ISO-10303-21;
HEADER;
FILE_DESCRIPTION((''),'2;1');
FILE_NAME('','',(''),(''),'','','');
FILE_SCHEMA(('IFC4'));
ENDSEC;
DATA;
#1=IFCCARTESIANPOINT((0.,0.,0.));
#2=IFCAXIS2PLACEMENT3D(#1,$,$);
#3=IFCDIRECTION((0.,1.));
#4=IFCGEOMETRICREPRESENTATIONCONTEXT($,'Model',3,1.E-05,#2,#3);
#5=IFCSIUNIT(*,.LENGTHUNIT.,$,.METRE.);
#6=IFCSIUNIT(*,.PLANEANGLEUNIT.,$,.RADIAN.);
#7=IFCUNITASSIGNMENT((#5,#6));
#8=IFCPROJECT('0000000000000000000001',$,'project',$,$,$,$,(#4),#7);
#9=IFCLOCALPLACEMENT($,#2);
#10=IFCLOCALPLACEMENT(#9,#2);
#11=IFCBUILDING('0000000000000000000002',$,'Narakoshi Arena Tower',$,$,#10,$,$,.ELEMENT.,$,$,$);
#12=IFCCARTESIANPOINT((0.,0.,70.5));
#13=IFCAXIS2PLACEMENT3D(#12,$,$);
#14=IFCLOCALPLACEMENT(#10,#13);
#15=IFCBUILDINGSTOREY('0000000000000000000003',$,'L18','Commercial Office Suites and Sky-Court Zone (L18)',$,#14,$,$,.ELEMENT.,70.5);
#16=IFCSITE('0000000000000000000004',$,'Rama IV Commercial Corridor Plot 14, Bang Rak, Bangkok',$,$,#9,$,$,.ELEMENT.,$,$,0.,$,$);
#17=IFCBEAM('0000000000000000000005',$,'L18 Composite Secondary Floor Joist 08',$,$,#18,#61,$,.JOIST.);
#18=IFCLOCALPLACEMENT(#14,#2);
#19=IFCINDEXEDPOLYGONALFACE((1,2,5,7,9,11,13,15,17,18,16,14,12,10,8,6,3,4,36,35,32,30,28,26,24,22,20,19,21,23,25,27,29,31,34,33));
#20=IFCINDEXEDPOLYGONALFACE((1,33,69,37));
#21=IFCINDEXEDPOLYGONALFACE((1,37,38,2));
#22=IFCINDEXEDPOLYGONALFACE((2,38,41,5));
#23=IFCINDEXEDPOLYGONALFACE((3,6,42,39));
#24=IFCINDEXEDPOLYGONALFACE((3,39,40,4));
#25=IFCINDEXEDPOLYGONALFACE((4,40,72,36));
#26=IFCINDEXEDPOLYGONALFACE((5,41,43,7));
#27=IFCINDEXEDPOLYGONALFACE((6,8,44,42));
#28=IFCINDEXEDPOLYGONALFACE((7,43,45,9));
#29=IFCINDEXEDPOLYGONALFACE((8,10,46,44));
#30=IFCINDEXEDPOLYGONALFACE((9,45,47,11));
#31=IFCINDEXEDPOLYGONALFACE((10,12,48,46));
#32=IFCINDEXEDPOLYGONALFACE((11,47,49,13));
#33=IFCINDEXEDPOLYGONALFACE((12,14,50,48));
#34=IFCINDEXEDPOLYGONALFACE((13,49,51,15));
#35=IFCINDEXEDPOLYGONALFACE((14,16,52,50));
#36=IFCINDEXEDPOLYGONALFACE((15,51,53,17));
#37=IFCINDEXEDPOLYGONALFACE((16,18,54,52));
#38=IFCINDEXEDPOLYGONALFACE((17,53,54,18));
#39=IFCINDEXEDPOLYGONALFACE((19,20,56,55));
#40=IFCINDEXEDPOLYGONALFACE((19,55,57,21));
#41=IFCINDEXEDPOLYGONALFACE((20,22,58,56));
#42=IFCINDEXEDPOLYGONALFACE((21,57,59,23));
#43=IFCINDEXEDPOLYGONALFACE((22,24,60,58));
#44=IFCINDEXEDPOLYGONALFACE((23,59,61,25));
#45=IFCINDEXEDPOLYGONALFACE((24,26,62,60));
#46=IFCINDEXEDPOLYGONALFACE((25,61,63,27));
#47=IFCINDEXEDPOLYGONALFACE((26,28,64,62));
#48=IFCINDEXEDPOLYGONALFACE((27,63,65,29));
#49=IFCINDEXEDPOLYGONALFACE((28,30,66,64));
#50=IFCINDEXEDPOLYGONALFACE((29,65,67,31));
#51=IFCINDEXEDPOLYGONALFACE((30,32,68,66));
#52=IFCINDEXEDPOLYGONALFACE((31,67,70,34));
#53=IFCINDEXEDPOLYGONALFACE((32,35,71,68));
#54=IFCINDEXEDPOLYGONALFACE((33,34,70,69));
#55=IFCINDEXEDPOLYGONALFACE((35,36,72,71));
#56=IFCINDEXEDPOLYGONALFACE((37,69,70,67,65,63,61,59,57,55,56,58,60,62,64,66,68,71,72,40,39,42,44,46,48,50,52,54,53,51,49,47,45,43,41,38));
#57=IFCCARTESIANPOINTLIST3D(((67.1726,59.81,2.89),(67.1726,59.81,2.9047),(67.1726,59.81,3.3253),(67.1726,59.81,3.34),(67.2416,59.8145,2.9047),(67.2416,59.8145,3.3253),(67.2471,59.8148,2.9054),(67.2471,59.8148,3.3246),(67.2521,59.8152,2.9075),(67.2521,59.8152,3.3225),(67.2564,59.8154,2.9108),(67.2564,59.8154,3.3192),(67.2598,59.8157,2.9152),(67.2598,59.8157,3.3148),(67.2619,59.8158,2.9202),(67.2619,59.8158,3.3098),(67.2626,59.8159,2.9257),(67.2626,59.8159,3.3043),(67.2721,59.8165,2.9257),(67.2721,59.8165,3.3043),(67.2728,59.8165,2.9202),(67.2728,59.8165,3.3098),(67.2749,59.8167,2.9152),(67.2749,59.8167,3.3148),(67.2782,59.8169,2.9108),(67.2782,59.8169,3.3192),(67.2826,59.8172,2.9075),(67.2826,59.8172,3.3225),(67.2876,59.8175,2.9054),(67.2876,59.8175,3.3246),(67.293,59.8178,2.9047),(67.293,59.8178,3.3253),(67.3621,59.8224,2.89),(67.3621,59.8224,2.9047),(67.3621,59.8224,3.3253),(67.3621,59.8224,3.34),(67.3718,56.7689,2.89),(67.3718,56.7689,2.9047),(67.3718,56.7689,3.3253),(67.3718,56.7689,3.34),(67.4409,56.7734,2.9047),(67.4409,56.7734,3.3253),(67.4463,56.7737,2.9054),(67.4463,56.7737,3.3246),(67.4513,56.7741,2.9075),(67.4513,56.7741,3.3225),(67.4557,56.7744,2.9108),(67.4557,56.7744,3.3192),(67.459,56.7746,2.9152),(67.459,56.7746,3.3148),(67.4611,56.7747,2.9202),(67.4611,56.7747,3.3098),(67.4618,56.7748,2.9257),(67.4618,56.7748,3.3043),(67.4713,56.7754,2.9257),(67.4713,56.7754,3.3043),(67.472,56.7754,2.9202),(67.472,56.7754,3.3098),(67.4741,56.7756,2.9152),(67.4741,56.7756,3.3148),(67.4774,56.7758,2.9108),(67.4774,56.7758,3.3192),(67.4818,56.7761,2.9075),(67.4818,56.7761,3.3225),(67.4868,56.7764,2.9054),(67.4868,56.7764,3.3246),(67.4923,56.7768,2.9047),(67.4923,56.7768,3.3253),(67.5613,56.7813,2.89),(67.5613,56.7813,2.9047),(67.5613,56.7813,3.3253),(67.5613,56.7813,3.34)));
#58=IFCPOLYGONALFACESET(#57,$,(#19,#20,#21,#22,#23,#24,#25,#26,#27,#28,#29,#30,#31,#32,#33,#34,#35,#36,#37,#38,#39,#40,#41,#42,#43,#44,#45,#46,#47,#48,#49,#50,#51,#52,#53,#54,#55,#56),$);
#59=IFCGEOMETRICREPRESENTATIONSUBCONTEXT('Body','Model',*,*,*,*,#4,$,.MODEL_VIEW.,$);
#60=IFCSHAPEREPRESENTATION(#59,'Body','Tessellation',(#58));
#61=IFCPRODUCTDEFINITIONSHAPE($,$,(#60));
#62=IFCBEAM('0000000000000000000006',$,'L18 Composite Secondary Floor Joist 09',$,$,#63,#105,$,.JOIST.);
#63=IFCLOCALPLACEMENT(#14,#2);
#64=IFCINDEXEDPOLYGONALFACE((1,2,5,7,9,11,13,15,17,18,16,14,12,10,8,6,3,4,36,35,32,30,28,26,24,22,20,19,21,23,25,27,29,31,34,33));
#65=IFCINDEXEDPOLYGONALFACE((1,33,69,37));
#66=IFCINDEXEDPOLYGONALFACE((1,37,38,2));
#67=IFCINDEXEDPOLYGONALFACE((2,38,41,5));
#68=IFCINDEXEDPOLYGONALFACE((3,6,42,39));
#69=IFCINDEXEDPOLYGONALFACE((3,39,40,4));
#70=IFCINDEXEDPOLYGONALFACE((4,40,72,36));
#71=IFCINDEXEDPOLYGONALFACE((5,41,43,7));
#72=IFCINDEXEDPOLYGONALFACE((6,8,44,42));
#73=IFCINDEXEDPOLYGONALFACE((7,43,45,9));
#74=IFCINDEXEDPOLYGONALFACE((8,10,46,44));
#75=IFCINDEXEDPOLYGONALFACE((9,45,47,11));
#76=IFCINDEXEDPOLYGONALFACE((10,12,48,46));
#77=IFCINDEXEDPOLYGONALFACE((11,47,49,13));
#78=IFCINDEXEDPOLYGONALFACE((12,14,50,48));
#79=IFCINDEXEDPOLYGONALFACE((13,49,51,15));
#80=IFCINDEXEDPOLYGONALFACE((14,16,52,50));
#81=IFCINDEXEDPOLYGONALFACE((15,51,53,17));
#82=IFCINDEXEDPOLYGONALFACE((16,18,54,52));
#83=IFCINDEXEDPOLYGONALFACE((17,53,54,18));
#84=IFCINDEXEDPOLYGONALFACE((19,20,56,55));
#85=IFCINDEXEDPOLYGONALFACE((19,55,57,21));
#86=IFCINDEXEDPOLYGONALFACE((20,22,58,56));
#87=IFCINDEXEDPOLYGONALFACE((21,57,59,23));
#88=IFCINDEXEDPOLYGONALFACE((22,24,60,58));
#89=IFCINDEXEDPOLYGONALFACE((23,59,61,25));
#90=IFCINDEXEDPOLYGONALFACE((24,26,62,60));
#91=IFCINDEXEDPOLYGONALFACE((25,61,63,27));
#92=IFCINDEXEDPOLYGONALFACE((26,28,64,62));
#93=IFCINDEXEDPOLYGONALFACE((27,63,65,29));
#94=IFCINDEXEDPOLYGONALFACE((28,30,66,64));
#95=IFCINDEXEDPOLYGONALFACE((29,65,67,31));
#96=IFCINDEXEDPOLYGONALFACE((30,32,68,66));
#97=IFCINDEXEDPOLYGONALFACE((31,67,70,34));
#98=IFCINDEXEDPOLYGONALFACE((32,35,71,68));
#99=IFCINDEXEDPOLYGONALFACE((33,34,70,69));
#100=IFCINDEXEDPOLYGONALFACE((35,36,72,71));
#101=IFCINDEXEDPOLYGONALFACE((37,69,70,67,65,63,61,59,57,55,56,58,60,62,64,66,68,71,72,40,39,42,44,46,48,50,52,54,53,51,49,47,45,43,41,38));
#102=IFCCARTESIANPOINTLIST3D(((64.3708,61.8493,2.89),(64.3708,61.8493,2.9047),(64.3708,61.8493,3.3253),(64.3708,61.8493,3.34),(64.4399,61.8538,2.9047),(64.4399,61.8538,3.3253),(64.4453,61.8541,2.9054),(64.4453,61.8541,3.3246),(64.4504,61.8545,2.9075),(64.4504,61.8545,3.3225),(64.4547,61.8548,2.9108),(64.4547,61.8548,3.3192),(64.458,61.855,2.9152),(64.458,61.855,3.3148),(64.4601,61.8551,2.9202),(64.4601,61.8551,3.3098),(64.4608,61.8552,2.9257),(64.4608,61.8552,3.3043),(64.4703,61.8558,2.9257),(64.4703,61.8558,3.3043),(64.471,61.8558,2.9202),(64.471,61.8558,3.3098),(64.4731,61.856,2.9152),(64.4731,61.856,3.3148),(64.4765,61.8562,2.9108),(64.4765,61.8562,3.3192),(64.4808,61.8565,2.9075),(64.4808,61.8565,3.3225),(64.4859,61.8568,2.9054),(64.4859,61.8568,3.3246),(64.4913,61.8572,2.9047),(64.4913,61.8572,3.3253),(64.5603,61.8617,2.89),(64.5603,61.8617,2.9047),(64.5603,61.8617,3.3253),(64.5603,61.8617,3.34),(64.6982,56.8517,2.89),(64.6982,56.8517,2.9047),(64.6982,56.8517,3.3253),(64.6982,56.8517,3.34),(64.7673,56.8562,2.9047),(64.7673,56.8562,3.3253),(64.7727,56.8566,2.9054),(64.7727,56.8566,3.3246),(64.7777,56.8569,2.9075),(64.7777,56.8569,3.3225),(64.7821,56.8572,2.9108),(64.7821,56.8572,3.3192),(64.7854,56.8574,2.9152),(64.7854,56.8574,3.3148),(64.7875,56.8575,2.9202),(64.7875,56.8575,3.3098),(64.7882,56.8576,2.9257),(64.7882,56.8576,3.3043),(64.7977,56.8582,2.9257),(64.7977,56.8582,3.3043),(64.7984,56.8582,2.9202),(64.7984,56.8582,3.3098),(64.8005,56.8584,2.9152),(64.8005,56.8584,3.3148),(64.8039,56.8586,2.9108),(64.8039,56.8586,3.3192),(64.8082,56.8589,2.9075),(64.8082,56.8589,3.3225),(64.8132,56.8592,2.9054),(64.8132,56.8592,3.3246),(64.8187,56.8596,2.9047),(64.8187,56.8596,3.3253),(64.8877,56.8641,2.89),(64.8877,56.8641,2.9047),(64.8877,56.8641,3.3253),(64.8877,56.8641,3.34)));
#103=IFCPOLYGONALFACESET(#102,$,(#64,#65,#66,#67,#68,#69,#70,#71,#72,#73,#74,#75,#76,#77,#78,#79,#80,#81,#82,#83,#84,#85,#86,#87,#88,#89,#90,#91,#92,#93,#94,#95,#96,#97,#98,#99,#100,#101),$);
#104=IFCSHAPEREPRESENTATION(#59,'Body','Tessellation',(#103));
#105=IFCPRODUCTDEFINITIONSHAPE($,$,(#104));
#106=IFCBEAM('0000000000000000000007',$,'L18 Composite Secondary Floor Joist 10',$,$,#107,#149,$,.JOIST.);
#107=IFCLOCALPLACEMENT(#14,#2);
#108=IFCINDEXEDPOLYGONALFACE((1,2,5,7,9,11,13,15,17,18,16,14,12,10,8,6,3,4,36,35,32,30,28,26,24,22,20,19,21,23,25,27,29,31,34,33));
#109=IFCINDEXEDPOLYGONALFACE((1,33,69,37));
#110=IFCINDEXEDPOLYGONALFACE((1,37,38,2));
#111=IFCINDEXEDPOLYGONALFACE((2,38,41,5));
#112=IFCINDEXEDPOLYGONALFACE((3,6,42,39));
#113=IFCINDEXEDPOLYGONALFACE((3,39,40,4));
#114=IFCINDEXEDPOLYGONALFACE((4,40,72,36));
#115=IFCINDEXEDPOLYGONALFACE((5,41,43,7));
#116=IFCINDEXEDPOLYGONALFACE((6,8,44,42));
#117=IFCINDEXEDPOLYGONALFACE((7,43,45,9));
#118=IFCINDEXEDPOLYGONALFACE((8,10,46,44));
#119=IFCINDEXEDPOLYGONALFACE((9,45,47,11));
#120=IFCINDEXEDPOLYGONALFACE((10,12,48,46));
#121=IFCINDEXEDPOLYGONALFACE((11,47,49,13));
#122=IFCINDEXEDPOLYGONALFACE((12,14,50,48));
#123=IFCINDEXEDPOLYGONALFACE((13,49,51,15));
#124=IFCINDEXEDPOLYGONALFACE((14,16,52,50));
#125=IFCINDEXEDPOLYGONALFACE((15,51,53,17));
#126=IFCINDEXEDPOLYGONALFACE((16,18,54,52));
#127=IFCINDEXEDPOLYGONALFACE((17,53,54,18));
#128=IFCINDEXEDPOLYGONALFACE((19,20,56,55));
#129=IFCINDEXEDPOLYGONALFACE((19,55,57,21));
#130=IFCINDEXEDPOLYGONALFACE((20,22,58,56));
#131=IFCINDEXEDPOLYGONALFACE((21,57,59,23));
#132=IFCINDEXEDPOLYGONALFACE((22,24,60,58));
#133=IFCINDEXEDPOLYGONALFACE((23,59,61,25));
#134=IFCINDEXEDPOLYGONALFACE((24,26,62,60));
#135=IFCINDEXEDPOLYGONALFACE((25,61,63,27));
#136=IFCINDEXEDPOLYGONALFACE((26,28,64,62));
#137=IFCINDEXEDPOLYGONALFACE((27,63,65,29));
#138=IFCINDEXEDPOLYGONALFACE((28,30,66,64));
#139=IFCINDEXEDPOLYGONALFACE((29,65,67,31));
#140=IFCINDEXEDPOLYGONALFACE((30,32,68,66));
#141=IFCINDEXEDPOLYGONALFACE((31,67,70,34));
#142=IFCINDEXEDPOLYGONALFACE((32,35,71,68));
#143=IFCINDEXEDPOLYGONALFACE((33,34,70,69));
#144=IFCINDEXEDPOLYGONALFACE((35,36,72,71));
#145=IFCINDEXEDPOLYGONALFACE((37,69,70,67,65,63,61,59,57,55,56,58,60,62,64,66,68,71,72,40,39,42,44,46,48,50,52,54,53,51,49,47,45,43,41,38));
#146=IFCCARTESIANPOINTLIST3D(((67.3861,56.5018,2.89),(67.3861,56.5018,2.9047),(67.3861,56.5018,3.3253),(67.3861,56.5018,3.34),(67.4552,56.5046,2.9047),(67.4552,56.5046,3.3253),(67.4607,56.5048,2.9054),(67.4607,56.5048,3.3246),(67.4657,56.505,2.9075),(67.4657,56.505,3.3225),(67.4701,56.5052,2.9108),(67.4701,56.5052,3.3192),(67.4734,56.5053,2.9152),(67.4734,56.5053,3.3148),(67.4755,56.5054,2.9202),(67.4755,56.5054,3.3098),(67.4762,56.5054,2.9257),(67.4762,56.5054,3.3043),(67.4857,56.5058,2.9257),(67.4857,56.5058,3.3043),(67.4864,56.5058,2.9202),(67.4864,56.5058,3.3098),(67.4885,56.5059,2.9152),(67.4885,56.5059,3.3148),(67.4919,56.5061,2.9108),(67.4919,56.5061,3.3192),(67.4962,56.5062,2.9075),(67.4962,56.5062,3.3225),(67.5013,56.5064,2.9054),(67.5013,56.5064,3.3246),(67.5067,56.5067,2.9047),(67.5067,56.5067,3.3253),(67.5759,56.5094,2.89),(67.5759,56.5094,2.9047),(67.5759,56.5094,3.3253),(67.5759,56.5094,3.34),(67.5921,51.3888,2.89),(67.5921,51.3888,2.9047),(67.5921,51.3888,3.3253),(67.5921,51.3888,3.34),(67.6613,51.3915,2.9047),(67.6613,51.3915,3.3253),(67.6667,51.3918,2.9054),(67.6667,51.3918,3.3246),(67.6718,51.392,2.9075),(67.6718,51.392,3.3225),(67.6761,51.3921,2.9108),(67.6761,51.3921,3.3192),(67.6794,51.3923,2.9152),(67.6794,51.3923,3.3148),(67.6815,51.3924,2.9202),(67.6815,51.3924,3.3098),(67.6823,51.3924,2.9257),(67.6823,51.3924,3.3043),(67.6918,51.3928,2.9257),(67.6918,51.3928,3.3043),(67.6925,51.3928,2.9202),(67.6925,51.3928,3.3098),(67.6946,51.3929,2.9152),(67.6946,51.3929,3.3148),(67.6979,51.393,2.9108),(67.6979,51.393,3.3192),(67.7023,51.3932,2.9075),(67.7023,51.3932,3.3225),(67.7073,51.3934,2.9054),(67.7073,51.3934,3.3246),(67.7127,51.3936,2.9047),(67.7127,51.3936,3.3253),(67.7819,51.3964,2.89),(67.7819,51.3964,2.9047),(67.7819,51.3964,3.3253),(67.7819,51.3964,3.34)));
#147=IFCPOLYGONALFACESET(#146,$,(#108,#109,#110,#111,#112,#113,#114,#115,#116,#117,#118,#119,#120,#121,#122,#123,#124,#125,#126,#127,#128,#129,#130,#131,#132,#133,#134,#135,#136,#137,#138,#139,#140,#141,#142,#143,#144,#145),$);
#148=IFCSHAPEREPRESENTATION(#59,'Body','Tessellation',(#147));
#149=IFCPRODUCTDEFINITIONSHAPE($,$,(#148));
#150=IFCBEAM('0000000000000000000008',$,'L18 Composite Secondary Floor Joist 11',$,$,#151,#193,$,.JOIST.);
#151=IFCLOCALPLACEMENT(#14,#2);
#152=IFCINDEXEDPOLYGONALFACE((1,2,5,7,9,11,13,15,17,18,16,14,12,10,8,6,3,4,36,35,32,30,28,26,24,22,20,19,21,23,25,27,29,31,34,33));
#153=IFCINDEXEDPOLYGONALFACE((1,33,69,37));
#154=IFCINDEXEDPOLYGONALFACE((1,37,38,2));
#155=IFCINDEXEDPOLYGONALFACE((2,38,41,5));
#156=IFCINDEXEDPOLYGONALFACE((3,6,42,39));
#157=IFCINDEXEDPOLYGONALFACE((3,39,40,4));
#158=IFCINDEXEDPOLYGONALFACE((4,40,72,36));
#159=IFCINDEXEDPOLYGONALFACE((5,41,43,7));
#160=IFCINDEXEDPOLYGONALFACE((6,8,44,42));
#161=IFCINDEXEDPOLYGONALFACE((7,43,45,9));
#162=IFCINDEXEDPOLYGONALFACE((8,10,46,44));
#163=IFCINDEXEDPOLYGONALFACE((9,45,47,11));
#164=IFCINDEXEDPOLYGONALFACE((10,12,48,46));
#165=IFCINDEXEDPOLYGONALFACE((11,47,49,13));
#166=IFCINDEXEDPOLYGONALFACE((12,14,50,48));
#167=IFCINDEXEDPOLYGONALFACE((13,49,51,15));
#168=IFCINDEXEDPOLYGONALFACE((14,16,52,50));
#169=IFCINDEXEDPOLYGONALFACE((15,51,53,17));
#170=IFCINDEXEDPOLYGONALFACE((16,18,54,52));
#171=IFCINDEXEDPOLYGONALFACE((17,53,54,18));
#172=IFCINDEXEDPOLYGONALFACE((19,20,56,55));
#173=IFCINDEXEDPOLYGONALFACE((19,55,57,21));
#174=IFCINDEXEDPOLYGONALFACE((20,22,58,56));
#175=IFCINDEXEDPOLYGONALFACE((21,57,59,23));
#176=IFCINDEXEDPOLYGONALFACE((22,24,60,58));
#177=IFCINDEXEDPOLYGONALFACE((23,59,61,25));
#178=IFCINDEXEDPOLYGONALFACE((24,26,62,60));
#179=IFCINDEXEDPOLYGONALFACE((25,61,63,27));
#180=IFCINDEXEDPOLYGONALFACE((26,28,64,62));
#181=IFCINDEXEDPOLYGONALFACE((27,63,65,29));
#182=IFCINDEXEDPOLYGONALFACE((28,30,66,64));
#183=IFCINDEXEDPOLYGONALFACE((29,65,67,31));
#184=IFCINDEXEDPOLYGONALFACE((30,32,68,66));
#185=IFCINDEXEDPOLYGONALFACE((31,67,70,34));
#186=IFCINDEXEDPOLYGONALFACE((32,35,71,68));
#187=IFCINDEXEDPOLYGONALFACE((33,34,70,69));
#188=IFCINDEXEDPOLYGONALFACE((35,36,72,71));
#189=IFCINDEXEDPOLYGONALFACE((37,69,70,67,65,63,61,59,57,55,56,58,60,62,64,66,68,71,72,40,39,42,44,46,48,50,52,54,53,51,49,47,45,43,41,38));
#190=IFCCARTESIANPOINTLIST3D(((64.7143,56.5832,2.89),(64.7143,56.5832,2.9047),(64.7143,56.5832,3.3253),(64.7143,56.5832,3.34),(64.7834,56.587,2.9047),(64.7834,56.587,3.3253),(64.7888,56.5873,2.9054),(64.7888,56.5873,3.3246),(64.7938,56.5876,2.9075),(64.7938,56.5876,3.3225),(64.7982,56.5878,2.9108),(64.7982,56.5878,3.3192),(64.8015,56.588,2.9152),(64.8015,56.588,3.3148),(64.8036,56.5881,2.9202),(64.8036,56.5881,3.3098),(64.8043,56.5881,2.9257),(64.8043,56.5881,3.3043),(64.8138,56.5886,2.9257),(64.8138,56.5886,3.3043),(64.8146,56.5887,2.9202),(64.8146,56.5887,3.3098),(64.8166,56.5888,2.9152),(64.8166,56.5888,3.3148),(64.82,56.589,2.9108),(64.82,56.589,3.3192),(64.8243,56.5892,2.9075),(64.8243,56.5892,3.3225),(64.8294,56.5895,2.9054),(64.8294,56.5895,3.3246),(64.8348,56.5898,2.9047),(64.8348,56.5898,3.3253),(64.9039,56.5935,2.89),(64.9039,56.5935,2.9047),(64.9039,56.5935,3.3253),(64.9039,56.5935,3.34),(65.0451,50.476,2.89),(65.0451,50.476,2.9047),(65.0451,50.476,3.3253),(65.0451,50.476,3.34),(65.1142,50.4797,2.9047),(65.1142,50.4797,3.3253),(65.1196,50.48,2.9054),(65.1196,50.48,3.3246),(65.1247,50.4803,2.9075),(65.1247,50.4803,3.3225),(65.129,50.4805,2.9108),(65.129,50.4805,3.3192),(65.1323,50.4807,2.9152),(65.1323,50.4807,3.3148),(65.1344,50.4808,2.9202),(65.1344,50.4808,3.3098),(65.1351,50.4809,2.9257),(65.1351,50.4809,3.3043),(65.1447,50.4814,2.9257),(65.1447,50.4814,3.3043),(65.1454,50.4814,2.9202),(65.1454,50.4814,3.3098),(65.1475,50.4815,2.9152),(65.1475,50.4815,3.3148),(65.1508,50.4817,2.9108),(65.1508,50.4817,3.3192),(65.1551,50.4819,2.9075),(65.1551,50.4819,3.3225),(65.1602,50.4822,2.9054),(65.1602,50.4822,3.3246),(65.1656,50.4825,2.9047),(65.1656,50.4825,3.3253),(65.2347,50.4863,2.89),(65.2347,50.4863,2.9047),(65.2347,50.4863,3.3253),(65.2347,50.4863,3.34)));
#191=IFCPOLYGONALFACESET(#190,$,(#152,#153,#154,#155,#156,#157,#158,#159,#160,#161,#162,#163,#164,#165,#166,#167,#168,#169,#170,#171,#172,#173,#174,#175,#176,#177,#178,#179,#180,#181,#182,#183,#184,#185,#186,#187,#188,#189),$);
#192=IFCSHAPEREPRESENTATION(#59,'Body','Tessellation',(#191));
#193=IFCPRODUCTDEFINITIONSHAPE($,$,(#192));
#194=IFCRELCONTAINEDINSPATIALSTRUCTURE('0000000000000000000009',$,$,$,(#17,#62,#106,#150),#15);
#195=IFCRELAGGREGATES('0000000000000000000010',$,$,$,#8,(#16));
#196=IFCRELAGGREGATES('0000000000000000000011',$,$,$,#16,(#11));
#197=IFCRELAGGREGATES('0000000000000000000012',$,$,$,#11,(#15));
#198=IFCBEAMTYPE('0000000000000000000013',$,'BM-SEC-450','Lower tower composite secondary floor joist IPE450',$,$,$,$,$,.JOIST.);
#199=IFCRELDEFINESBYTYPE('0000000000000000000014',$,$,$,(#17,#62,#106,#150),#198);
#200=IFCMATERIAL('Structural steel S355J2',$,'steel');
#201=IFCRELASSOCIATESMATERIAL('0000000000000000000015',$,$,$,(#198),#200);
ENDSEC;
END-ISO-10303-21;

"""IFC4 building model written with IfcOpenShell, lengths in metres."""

from ifc_helpers import new_model, si_unit, direction, frame, origin, origin_2d, place, context, subcontext, project, spatial, i_section, extrude, material, material_profile, profile_set, type_object, element, save


model = new_model("IFC4")

# Units and contexts
model_context = context("Model", 3, precision=1e-05, world=origin(), true_north=direction((0.0, 1.0)))
body_context = subcontext(model_context, "Body", "Model", "MODEL_VIEW")
ifc_project = project(units=[si_unit("LENGTHUNIT", "METRE"), si_unit("PLANEANGLEUNIT", "RADIAN")], contexts=[model_context])

# Site, building, storey
site_placement = place(None, origin())
site = spatial("IfcSite", under=ifc_project, at=site_placement, Name="Rama IV Commercial Corridor Plot 14, Bang Rak, Bangkok", CompositionType="ELEMENT", RefElevation=0.0)
building_placement = place(site_placement, origin())
building = spatial("IfcBuilding", under=site, at=building_placement, Name="Narakoshi Arena Tower", CompositionType="ELEMENT")
storey_placement = place(building_placement, frame((0.0, 0.0, 70.5)))
storey = spatial("IfcBuildingStorey", under=building, at=storey_placement, Name="L18", Description="Commercial Office Suites and Sky-Court Zone (L18)", CompositionType="ELEMENT", Elevation=70.5)

# Beams
ifc_material_1 = material(Name="Structural steel S355J2", Category="steel")
ifc_material_profile_1 = material_profile(ifc_material_1, i_section(OverallWidth=0.1899, OverallDepth=0.45, WebThickness=0.0095, FlangeThickness=0.0146, FilletRadius=0.021, at=origin_2d()), Name="IPE450")
ifc_profile_set_1 = profile_set([ifc_material_profile_1], Name="Structural steel S355J2")
beam_type_1 = type_object("IfcBeamType", Name="BM-SEC-450", Description="Lower tower composite secondary floor joist IPE450", PredefinedType="JOIST", material=ifc_profile_set_1)
beam_1_placement = place(storey_placement, frame((67.2673, 59.8162, 3.115), z_axis=(0.06537, -0.997861, 0.0), x_axis=(0.997861, 0.06537, 0.0)))
element("IfcBeam", 1, at=beam_1_placement, inside=storey, type_object=beam_type_1, Name="L18 Composite Secondary Floor Joist 08", PredefinedType="JOIST", context=body_context, shape_type="SweptSolid", body=[
    extrude(i_section(OverallWidth=0.1899, OverallDepth=0.45, WebThickness=0.0095, FlangeThickness=0.0146, FilletRadius=0.021, at=origin_2d()), origin(), (0.0, 0.0, 1.0), 3.0476),
])
beam_2_placement = place(storey_placement, frame((64.4656, 61.8555, 3.115), z_axis=(0.06537, -0.997861, 0.0), x_axis=(0.997861, 0.06537, 0.0)))
element("IfcBeam", 2, at=beam_2_placement, inside=storey, type_object=beam_type_1, Name="L18 Composite Secondary Floor Joist 09", PredefinedType="JOIST", context=body_context, shape_type="SweptSolid", body=[
    extrude(i_section(OverallWidth=0.1899, OverallDepth=0.45, WebThickness=0.0095, FlangeThickness=0.0146, FilletRadius=0.021, at=origin_2d()), origin(), (0.0, 0.0, 1.0), 5.0083),
])
beam_3_placement = place(storey_placement, frame((67.481, 56.5056, 3.115), z_axis=(0.040267, -0.999189, 0.0), x_axis=(0.999189, 0.040267, 0.0)))
element("IfcBeam", 3, at=beam_3_placement, inside=storey, type_object=beam_type_1, Name="L18 Composite Secondary Floor Joist 10", PredefinedType="JOIST", context=body_context, shape_type="SweptSolid", body=[
    extrude(i_section(OverallWidth=0.1899, OverallDepth=0.45, WebThickness=0.0095, FlangeThickness=0.0146, FilletRadius=0.021, at=origin_2d()), origin(), (0.0, 0.0, 1.0), 5.1172),
])
beam_4_placement = place(storey_placement, frame((64.8091, 56.5884, 3.115), z_axis=(0.054088, -0.998536, 0.0), x_axis=(0.998536, 0.054088, 0.0)))
element("IfcBeam", 4, at=beam_4_placement, inside=storey, type_object=beam_type_1, Name="L18 Composite Secondary Floor Joist 11", PredefinedType="JOIST", context=body_context, shape_type="SweptSolid", body=[
    extrude(i_section(OverallWidth=0.1899, OverallDepth=0.45, WebThickness=0.0095, FlangeThickness=0.0146, FilletRadius=0.021, at=origin_2d()), origin(), (0.0, 0.0, 1.0), 6.1162),
])

save(model, "model.ifc")
